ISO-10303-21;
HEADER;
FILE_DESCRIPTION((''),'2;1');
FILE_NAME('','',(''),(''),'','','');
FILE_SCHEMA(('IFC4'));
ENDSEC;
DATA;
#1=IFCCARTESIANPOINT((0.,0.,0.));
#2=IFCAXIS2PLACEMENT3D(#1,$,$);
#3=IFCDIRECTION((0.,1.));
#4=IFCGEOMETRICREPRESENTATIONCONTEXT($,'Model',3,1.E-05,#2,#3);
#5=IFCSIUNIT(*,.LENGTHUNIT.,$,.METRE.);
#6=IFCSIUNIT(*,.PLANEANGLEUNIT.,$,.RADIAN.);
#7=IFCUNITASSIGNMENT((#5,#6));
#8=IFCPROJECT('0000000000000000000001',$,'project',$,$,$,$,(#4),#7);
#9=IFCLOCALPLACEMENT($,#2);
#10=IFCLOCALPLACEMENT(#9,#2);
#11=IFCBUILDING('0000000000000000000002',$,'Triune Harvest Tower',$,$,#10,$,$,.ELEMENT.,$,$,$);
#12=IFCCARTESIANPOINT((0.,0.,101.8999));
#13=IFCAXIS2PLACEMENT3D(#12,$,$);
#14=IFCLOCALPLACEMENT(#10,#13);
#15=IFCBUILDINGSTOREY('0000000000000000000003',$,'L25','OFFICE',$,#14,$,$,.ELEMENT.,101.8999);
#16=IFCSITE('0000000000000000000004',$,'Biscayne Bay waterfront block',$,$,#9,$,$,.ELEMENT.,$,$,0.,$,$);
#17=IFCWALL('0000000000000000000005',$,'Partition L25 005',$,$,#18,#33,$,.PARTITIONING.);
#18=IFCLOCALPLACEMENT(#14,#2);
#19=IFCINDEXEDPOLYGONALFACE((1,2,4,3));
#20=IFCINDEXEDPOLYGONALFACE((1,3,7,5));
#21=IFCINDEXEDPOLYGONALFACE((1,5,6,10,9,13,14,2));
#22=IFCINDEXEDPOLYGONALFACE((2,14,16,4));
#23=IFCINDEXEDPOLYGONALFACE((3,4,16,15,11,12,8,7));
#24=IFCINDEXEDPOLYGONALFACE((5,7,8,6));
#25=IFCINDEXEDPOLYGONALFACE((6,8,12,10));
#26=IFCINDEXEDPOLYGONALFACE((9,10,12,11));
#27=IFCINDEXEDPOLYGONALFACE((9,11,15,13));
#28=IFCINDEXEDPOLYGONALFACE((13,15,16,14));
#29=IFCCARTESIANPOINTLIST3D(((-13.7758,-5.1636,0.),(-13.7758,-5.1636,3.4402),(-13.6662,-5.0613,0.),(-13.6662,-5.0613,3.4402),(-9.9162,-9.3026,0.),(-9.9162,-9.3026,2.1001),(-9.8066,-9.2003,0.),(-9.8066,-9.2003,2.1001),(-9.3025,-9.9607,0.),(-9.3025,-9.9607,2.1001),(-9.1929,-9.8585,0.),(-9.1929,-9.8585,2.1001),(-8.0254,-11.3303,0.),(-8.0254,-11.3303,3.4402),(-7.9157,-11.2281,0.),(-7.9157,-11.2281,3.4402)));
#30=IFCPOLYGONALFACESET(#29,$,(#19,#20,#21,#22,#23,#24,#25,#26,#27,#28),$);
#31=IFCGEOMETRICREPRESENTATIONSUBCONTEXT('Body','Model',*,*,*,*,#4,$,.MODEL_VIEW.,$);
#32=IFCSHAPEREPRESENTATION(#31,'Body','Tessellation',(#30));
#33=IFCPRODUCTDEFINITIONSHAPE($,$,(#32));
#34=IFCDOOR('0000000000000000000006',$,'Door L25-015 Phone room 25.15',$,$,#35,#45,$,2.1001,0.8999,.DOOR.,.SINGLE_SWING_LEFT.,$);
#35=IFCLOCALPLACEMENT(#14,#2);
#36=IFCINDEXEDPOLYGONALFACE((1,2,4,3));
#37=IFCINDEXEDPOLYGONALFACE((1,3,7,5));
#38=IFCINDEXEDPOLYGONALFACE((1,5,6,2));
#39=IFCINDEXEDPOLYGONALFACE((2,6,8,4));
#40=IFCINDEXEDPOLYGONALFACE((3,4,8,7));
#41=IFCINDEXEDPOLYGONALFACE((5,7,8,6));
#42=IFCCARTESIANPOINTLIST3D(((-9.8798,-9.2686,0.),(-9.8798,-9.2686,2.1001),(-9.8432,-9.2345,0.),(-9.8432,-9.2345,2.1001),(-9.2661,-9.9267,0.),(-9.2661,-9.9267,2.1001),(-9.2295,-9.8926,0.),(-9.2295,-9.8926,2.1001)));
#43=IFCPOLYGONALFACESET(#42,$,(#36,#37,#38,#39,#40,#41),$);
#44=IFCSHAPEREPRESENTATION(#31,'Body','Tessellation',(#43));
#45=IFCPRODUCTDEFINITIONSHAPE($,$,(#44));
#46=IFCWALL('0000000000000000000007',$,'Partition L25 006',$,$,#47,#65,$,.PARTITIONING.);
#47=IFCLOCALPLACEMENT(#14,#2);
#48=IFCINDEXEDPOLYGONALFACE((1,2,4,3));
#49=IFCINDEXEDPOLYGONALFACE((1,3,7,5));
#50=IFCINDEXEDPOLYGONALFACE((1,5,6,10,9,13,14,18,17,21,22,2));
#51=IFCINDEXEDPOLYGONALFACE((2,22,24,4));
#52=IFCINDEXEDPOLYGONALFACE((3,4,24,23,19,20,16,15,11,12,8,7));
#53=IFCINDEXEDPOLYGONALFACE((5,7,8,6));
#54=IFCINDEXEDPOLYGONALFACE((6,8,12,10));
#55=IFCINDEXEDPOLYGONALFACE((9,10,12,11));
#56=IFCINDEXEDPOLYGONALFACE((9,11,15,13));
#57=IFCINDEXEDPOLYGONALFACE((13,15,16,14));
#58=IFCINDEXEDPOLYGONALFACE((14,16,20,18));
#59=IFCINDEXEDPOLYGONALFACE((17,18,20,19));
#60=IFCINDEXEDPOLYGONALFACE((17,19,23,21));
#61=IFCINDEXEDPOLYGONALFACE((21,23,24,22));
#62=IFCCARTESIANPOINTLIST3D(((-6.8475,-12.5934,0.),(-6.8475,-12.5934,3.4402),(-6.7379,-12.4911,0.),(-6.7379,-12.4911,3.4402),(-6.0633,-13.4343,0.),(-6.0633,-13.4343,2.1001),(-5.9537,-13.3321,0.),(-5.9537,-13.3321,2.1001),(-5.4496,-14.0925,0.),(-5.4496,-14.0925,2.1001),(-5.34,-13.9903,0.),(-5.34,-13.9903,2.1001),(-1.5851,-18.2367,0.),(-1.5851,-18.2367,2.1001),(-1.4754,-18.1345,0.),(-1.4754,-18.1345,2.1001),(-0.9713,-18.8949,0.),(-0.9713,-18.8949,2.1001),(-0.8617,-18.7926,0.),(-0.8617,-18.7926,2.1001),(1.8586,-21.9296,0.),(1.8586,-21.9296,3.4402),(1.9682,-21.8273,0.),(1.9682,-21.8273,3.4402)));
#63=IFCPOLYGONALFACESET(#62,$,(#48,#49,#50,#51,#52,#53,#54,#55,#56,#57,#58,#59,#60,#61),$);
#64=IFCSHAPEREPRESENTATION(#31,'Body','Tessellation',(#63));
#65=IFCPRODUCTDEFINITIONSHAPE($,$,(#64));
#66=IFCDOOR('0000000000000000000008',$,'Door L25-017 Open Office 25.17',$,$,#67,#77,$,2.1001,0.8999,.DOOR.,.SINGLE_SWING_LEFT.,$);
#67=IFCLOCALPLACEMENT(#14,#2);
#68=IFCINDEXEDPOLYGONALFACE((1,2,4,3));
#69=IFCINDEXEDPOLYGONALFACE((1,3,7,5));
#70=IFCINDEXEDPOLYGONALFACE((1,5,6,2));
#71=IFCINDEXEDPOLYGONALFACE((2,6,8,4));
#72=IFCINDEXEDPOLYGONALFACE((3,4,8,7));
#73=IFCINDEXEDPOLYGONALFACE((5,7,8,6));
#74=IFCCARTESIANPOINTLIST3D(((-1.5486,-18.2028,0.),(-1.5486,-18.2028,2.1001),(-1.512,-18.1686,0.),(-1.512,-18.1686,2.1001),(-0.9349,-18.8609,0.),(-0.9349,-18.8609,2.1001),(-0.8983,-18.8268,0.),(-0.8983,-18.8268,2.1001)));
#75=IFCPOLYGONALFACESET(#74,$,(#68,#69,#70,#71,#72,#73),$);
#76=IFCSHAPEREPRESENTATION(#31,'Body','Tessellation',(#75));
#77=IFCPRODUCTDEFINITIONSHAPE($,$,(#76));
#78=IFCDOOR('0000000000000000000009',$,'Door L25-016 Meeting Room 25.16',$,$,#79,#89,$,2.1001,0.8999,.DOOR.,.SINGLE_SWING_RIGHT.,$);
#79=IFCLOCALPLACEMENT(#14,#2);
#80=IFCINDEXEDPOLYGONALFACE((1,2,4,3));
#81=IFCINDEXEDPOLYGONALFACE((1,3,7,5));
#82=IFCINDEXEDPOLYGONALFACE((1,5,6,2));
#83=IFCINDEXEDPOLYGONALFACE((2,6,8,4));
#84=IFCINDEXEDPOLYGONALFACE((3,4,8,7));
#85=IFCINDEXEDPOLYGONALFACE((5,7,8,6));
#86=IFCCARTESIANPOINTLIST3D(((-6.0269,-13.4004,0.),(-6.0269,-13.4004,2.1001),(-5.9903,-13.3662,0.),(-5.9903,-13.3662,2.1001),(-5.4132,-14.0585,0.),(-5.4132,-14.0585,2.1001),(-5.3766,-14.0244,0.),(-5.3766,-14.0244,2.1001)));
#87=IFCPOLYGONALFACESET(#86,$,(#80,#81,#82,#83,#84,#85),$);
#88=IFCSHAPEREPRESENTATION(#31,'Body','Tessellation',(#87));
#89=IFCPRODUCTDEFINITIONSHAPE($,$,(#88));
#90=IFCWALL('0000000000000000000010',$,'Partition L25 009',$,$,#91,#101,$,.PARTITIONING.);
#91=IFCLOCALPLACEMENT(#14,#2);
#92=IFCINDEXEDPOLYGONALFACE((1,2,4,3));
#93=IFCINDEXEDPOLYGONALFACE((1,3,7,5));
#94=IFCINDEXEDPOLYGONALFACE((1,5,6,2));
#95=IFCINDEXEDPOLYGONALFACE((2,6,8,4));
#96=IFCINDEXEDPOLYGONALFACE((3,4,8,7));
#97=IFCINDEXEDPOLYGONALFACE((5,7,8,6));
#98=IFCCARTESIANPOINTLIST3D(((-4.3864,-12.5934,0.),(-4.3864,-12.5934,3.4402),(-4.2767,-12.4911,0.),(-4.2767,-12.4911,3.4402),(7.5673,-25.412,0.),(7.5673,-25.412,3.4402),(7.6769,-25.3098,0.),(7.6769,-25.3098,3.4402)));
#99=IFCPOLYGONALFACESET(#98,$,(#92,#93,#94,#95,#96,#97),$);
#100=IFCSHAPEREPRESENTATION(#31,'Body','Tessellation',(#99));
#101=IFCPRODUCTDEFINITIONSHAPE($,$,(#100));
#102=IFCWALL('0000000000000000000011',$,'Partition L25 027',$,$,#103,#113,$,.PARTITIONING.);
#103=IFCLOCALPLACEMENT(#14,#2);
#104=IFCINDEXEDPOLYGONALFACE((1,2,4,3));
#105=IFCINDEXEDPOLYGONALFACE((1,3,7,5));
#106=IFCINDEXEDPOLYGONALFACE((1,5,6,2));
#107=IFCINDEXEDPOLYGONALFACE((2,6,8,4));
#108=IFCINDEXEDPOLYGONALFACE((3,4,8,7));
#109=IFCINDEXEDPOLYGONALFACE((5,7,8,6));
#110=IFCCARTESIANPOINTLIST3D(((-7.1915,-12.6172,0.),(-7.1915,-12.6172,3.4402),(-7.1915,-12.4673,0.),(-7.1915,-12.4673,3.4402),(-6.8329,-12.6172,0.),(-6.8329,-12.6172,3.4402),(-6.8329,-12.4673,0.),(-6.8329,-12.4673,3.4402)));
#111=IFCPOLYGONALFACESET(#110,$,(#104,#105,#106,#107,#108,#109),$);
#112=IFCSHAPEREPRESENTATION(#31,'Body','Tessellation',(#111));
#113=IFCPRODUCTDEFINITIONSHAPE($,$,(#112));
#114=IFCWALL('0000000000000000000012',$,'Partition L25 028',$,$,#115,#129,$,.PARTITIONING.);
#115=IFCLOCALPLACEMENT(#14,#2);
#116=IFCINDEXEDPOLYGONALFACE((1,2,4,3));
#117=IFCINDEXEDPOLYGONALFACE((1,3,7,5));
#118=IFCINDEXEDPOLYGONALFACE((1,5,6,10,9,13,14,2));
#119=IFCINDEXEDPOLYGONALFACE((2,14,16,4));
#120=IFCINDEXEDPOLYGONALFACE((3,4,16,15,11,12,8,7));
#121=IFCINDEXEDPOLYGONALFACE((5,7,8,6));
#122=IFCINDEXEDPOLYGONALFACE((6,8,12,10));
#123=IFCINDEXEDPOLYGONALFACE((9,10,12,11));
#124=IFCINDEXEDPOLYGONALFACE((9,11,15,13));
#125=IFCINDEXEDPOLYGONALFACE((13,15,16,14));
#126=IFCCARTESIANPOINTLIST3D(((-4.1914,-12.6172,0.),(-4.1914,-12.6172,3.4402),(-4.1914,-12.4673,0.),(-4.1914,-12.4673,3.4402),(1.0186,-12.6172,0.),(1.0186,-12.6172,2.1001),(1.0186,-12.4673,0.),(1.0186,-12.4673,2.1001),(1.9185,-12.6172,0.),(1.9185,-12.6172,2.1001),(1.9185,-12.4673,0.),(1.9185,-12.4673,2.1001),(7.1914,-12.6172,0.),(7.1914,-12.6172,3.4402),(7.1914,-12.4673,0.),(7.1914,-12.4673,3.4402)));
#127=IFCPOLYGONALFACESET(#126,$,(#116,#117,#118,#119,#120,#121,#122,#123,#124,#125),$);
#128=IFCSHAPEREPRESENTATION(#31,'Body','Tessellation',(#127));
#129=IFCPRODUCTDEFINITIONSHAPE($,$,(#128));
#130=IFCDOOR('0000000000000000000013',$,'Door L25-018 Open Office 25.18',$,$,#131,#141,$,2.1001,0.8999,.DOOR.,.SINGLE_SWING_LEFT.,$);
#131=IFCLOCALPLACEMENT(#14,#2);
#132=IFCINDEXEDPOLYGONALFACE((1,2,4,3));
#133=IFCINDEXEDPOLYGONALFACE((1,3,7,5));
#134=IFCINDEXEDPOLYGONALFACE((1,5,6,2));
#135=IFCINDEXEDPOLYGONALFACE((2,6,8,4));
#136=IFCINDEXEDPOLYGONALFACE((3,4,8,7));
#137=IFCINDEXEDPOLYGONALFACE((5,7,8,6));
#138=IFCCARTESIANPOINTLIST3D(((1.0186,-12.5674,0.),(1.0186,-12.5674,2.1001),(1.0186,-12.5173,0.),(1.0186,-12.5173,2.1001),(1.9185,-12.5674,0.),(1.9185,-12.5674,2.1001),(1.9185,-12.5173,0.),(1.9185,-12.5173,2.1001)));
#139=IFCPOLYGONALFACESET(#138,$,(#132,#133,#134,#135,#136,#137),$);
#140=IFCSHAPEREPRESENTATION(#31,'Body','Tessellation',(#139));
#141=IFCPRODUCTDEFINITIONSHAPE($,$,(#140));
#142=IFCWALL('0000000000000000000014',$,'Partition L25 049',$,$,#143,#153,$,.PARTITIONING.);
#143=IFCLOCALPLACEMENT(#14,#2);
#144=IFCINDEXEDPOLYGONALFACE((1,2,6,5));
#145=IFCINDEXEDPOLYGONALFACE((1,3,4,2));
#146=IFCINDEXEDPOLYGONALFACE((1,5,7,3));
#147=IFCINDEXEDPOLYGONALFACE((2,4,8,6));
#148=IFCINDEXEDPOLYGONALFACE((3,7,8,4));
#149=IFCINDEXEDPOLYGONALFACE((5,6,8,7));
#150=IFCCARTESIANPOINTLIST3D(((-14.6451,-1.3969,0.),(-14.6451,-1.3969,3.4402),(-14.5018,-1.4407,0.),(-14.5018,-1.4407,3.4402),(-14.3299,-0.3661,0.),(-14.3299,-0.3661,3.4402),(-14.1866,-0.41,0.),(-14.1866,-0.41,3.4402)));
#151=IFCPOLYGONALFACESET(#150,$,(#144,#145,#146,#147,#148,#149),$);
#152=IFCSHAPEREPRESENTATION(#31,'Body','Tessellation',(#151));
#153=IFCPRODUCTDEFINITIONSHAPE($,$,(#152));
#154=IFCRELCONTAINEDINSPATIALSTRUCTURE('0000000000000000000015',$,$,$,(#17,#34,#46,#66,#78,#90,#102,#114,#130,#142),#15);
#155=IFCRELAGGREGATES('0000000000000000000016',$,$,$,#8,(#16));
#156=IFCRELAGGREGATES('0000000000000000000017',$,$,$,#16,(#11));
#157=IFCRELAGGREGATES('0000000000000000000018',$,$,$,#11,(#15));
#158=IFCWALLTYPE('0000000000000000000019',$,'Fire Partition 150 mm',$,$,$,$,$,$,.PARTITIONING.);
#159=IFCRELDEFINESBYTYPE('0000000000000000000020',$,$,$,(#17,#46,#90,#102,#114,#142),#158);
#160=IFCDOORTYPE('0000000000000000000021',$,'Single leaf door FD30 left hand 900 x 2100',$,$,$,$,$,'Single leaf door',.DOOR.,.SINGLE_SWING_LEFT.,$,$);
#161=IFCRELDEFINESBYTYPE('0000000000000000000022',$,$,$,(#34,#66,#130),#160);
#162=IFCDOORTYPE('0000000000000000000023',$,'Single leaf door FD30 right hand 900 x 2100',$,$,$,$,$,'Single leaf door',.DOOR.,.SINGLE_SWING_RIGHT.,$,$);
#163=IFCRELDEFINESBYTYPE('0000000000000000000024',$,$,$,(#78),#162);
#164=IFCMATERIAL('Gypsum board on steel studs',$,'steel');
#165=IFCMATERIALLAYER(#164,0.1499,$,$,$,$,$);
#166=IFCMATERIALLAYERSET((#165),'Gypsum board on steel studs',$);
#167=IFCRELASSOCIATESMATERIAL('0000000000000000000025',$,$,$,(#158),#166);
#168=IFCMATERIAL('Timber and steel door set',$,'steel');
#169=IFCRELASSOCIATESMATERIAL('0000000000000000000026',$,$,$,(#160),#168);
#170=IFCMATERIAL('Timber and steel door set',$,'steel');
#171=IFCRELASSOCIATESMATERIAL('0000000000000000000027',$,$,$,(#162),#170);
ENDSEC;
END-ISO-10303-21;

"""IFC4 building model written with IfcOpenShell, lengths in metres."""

from ifc_helpers import new_model, si_unit, direction, frame, frame_2d, origin, place, context, subcontext, project, spatial, rectangle, extrude, material, layer, layer_set, type_object, element, fill, save


model = new_model("IFC4")

# Units and contexts
model_context = context("Model", 3, precision=1e-05, world=origin(), true_north=direction((0.0, 1.0)))
body_context = subcontext(model_context, "Body", "Model", "MODEL_VIEW")
ifc_project = project(units=[si_unit("LENGTHUNIT", "METRE"), si_unit("PLANEANGLEUNIT", "RADIAN")], contexts=[model_context])

# Site, building, storey
site_placement = place(None, origin())
site = spatial("IfcSite", under=ifc_project, at=site_placement, Name="Biscayne Bay waterfront block", CompositionType="ELEMENT", RefElevation=0.0)
building_placement = place(site_placement, origin())
building = spatial("IfcBuilding", under=site, at=building_placement, Name="Triune Harvest Tower", CompositionType="ELEMENT")
storey_placement = place(building_placement, frame((0.0, 0.0, 101.8999)))
storey = spatial("IfcBuildingStorey", under=building, at=storey_placement, Name="L25", Description="OFFICE", CompositionType="ELEMENT", Elevation=101.8999)

# Shared definitions
ifc_material_1 = material(Name="Gypsum board on steel studs", Category="steel")
ifc_layer_1 = layer(ifc_material_1, 0.1499)
ifc_layer_set_1 = layer_set([ifc_layer_1], Name="Gypsum board on steel studs")
wall_type_1 = type_object("IfcWallType", Name="Fire Partition 150 mm", PredefinedType="PARTITIONING", material=ifc_layer_set_1)

# Wall, opening, door
wall_1_placement = place(storey_placement, frame((-13.7209, -5.1125, 0.0), z_axis=(0.0, 0.0, 1.0), x_axis=(0.681992, -0.731359, 0.0)))
wall_1 = element("IfcWall", 1, at=wall_1_placement, inside=storey, type_object=wall_type_1, Name="Partition L25 005", PredefinedType="PARTITIONING", context=body_context, shape_type="SweptSolid", body=[
    extrude(rectangle(XDim=8.4319, YDim=0.1499, at=frame_2d((4.2158, 0.0))), origin(), (0.0, 0.0, 1.0), 3.4402),
])
opening_1_placement = place(wall_1_placement, frame((5.6592, 0.0, 0.0)))
opening_1 = element("IfcOpeningElement", 2, at=opening_1_placement, cuts=wall_1, PredefinedType="OPENING", context=body_context, shape_type="SweptSolid", body=[
    extrude(rectangle(XDim=0.8999, YDim=2.1001, at=frame_2d((0.45, 1.05))), frame((0.0, 0.085, 0.0), z_axis=(0.0, -1.0, 0.0), x_axis=(1.0, 0.0, 0.0)), (0.0, 0.0, 1.0), 0.1699),
])
ifc_material_2 = material(Name="Timber and steel door set", Category="steel")
door_type_1 = type_object("IfcDoorType", Name="Single leaf door FD30 left hand 900 x 2100", ElementType="Single leaf door", OperationType="SINGLE_SWING_LEFT", PredefinedType="DOOR", material=ifc_material_2)
door_1_placement = place(opening_1_placement, origin())
door_1 = element("IfcDoor", 3, at=door_1_placement, inside=storey, type_object=door_type_1, Name="Door L25-015 Phone room 25.15", OperationType="SINGLE_SWING_LEFT", OverallHeight=2.1001, OverallWidth=0.8999, PredefinedType="DOOR", context=body_context, shape_type="SweptSolid", body=[
    extrude(rectangle(XDim=0.8999, YDim=2.1001, at=frame_2d((0.45, 1.05))), frame((0.0, 0.0249, 0.0), z_axis=(0.0, -1.0, 0.0), x_axis=(1.0, 0.0, 0.0)), (0.0, 0.0, 1.0), 0.05),
])
fill(opening_1, door_1)

# Wall, openings, doors
wall_2_placement = place(storey_placement, frame((-6.7927, -12.5422, 0.0), z_axis=(0.0, 0.0, 1.0), x_axis=(0.681995, -0.731357, 0.0)))
wall_2 = element("IfcWall", 4, at=wall_2_placement, inside=storey, type_object=wall_type_1, Name="Partition L25 006", PredefinedType="PARTITIONING", context=body_context, shape_type="SweptSolid", body=[
    extrude(rectangle(XDim=12.7656, YDim=0.1499, at=frame_2d((6.3828, 0.0))), origin(), (0.0, 0.0, 1.0), 3.4402),
])
opening_2_placement = place(wall_2_placement, frame((1.1499, 0.0, 0.0)))
opening_2 = element("IfcOpeningElement", 5, at=opening_2_placement, cuts=wall_2, PredefinedType="OPENING", context=body_context, shape_type="SweptSolid", body=[
    extrude(rectangle(XDim=0.8999, YDim=2.1001, at=frame_2d((0.45, 1.05))), frame((0.0, 0.085, 0.0), z_axis=(0.0, -1.0, 0.0), x_axis=(1.0, 0.0, 0.0)), (0.0, 0.0, 1.0), 0.1699),
])
opening_3_placement = place(wall_2_placement, frame((7.7163, 0.0, 0.0)))
opening_3 = element("IfcOpeningElement", 6, at=opening_3_placement, cuts=wall_2, PredefinedType="OPENING", context=body_context, shape_type="SweptSolid", body=[
    extrude(rectangle(XDim=0.8999, YDim=2.1001, at=frame_2d((0.45, 1.05))), frame((0.0, 0.085, 0.0), z_axis=(0.0, -1.0, 0.0), x_axis=(1.0, 0.0, 0.0)), (0.0, 0.0, 1.0), 0.1699),
])
door_2_placement = place(opening_3_placement, origin())
door_2 = element("IfcDoor", 7, at=door_2_placement, inside=storey, type_object=door_type_1, Name="Door L25-017 Open Office 25.17", OperationType="SINGLE_SWING_LEFT", OverallHeight=2.1001, OverallWidth=0.8999, PredefinedType="DOOR", context=body_context, shape_type="SweptSolid", body=[
    extrude(rectangle(XDim=0.8999, YDim=2.1001, at=frame_2d((0.45, 1.05))), frame((0.0, 0.0249, 0.0), z_axis=(0.0, -1.0, 0.0), x_axis=(1.0, 0.0, 0.0)), (0.0, 0.0, 1.0), 0.05),
])
fill(opening_3, door_2)
ifc_material_3 = material(Name="Timber and steel door set", Category="steel")
door_type_2 = type_object("IfcDoorType", Name="Single leaf door FD30 right hand 900 x 2100", ElementType="Single leaf door", OperationType="SINGLE_SWING_RIGHT", PredefinedType="DOOR", material=ifc_material_3)
door_3_placement = place(opening_2_placement, origin())
door_3 = element("IfcDoor", 8, at=door_3_placement, inside=storey, type_object=door_type_2, Name="Door L25-016 Meeting Room 25.16", OperationType="SINGLE_SWING_RIGHT", OverallHeight=2.1001, OverallWidth=0.8999, PredefinedType="DOOR", context=body_context, shape_type="SweptSolid", body=[
    extrude(rectangle(XDim=0.8999, YDim=2.1001, at=frame_2d((0.45, 1.05))), frame((0.0, 0.0249, 0.0), z_axis=(0.0, -1.0, 0.0), x_axis=(1.0, 0.0, 0.0)), (0.0, 0.0, 1.0), 0.05),
])
fill(opening_2, door_3)

# Walls
wall_3_placement = place(storey_placement, frame((-4.3315, -12.5422, 0.0), z_axis=(0.0, 0.0, 1.0), x_axis=(0.682001, -0.731352, 0.0)))
element("IfcWall", 9, at=wall_3_placement, inside=storey, type_object=wall_type_1, Name="Partition L25 009", PredefinedType="PARTITIONING", context=body_context, shape_type="SweptSolid", body=[
    extrude(rectangle(XDim=17.5273, YDim=0.1499, at=frame_2d((8.7637, 0.0))), origin(), (0.0, 0.0, 1.0), 3.4402),
])
wall_4_placement = place(storey_placement, frame((-7.1914, -12.5422, 0.0), z_axis=(0.0, 0.0, 1.0), x_axis=(1.0, 0.0, 0.0)))
element("IfcWall", 10, at=wall_4_placement, inside=storey, type_object=wall_type_1, Name="Partition L25 027", PredefinedType="PARTITIONING", context=body_context, shape_type="SweptSolid", body=[
    extrude(rectangle(XDim=0.3586, YDim=0.1499, at=frame_2d((0.1792, 0.0))), origin(), (0.0, 0.0, 1.0), 3.4402),
])

# Wall, opening, door
wall_5_placement = place(storey_placement, frame((-4.1914, -12.5422, 0.0), z_axis=(0.0, 0.0, 1.0), x_axis=(1.0, 0.0, 0.0)))
wall_5 = element("IfcWall", 11, at=wall_5_placement, inside=storey, type_object=wall_type_1, Name="Partition L25 028", PredefinedType="PARTITIONING", context=body_context, shape_type="SweptSolid", body=[
    extrude(rectangle(XDim=11.3828, YDim=0.1499, at=frame_2d((5.6914, 0.0))), origin(), (0.0, 0.0, 1.0), 3.4402),
])
opening_4_placement = place(wall_5_placement, frame((5.21, 0.0, 0.0)))
opening_4 = element("IfcOpeningElement", 12, at=opening_4_placement, cuts=wall_5, PredefinedType="OPENING", context=body_context, shape_type="SweptSolid", body=[
    extrude(rectangle(XDim=0.8999, YDim=2.1001, at=frame_2d((0.45, 1.05))), frame((0.0, 0.085, 0.0), z_axis=(0.0, -1.0, 0.0), x_axis=(1.0, 0.0, 0.0)), (0.0, 0.0, 1.0), 0.1699),
])
door_4_placement = place(opening_4_placement, origin())
door_4 = element("IfcDoor", 13, at=door_4_placement, inside=storey, type_object=door_type_1, Name="Door L25-018 Open Office 25.18", OperationType="SINGLE_SWING_LEFT", OverallHeight=2.1001, OverallWidth=0.8999, PredefinedType="DOOR", context=body_context, shape_type="SweptSolid", body=[
    extrude(rectangle(XDim=0.8999, YDim=2.1001, at=frame_2d((0.45, 1.05))), frame((0.0, 0.0249, 0.0), z_axis=(0.0, -1.0, 0.0), x_axis=(1.0, 0.0, 0.0)), (0.0, 0.0, 1.0), 0.05),
])
fill(opening_4, door_4)

# Wall
wall_6_placement = place(storey_placement, frame((-14.5735, -1.4189, 0.0), z_axis=(0.0, 0.0, 1.0), x_axis=(0.292414, 0.956292, 0.0)))
element("IfcWall", 14, at=wall_6_placement, inside=storey, type_object=wall_type_1, Name="Partition L25 049", PredefinedType="PARTITIONING", context=body_context, shape_type="SweptSolid", body=[
    extrude(rectangle(XDim=1.0779, YDim=0.1499, at=frame_2d((0.5391, 0.0))), origin(), (0.0, 0.0, 1.0), 3.4402),
])

save(model, "model.ifc")
